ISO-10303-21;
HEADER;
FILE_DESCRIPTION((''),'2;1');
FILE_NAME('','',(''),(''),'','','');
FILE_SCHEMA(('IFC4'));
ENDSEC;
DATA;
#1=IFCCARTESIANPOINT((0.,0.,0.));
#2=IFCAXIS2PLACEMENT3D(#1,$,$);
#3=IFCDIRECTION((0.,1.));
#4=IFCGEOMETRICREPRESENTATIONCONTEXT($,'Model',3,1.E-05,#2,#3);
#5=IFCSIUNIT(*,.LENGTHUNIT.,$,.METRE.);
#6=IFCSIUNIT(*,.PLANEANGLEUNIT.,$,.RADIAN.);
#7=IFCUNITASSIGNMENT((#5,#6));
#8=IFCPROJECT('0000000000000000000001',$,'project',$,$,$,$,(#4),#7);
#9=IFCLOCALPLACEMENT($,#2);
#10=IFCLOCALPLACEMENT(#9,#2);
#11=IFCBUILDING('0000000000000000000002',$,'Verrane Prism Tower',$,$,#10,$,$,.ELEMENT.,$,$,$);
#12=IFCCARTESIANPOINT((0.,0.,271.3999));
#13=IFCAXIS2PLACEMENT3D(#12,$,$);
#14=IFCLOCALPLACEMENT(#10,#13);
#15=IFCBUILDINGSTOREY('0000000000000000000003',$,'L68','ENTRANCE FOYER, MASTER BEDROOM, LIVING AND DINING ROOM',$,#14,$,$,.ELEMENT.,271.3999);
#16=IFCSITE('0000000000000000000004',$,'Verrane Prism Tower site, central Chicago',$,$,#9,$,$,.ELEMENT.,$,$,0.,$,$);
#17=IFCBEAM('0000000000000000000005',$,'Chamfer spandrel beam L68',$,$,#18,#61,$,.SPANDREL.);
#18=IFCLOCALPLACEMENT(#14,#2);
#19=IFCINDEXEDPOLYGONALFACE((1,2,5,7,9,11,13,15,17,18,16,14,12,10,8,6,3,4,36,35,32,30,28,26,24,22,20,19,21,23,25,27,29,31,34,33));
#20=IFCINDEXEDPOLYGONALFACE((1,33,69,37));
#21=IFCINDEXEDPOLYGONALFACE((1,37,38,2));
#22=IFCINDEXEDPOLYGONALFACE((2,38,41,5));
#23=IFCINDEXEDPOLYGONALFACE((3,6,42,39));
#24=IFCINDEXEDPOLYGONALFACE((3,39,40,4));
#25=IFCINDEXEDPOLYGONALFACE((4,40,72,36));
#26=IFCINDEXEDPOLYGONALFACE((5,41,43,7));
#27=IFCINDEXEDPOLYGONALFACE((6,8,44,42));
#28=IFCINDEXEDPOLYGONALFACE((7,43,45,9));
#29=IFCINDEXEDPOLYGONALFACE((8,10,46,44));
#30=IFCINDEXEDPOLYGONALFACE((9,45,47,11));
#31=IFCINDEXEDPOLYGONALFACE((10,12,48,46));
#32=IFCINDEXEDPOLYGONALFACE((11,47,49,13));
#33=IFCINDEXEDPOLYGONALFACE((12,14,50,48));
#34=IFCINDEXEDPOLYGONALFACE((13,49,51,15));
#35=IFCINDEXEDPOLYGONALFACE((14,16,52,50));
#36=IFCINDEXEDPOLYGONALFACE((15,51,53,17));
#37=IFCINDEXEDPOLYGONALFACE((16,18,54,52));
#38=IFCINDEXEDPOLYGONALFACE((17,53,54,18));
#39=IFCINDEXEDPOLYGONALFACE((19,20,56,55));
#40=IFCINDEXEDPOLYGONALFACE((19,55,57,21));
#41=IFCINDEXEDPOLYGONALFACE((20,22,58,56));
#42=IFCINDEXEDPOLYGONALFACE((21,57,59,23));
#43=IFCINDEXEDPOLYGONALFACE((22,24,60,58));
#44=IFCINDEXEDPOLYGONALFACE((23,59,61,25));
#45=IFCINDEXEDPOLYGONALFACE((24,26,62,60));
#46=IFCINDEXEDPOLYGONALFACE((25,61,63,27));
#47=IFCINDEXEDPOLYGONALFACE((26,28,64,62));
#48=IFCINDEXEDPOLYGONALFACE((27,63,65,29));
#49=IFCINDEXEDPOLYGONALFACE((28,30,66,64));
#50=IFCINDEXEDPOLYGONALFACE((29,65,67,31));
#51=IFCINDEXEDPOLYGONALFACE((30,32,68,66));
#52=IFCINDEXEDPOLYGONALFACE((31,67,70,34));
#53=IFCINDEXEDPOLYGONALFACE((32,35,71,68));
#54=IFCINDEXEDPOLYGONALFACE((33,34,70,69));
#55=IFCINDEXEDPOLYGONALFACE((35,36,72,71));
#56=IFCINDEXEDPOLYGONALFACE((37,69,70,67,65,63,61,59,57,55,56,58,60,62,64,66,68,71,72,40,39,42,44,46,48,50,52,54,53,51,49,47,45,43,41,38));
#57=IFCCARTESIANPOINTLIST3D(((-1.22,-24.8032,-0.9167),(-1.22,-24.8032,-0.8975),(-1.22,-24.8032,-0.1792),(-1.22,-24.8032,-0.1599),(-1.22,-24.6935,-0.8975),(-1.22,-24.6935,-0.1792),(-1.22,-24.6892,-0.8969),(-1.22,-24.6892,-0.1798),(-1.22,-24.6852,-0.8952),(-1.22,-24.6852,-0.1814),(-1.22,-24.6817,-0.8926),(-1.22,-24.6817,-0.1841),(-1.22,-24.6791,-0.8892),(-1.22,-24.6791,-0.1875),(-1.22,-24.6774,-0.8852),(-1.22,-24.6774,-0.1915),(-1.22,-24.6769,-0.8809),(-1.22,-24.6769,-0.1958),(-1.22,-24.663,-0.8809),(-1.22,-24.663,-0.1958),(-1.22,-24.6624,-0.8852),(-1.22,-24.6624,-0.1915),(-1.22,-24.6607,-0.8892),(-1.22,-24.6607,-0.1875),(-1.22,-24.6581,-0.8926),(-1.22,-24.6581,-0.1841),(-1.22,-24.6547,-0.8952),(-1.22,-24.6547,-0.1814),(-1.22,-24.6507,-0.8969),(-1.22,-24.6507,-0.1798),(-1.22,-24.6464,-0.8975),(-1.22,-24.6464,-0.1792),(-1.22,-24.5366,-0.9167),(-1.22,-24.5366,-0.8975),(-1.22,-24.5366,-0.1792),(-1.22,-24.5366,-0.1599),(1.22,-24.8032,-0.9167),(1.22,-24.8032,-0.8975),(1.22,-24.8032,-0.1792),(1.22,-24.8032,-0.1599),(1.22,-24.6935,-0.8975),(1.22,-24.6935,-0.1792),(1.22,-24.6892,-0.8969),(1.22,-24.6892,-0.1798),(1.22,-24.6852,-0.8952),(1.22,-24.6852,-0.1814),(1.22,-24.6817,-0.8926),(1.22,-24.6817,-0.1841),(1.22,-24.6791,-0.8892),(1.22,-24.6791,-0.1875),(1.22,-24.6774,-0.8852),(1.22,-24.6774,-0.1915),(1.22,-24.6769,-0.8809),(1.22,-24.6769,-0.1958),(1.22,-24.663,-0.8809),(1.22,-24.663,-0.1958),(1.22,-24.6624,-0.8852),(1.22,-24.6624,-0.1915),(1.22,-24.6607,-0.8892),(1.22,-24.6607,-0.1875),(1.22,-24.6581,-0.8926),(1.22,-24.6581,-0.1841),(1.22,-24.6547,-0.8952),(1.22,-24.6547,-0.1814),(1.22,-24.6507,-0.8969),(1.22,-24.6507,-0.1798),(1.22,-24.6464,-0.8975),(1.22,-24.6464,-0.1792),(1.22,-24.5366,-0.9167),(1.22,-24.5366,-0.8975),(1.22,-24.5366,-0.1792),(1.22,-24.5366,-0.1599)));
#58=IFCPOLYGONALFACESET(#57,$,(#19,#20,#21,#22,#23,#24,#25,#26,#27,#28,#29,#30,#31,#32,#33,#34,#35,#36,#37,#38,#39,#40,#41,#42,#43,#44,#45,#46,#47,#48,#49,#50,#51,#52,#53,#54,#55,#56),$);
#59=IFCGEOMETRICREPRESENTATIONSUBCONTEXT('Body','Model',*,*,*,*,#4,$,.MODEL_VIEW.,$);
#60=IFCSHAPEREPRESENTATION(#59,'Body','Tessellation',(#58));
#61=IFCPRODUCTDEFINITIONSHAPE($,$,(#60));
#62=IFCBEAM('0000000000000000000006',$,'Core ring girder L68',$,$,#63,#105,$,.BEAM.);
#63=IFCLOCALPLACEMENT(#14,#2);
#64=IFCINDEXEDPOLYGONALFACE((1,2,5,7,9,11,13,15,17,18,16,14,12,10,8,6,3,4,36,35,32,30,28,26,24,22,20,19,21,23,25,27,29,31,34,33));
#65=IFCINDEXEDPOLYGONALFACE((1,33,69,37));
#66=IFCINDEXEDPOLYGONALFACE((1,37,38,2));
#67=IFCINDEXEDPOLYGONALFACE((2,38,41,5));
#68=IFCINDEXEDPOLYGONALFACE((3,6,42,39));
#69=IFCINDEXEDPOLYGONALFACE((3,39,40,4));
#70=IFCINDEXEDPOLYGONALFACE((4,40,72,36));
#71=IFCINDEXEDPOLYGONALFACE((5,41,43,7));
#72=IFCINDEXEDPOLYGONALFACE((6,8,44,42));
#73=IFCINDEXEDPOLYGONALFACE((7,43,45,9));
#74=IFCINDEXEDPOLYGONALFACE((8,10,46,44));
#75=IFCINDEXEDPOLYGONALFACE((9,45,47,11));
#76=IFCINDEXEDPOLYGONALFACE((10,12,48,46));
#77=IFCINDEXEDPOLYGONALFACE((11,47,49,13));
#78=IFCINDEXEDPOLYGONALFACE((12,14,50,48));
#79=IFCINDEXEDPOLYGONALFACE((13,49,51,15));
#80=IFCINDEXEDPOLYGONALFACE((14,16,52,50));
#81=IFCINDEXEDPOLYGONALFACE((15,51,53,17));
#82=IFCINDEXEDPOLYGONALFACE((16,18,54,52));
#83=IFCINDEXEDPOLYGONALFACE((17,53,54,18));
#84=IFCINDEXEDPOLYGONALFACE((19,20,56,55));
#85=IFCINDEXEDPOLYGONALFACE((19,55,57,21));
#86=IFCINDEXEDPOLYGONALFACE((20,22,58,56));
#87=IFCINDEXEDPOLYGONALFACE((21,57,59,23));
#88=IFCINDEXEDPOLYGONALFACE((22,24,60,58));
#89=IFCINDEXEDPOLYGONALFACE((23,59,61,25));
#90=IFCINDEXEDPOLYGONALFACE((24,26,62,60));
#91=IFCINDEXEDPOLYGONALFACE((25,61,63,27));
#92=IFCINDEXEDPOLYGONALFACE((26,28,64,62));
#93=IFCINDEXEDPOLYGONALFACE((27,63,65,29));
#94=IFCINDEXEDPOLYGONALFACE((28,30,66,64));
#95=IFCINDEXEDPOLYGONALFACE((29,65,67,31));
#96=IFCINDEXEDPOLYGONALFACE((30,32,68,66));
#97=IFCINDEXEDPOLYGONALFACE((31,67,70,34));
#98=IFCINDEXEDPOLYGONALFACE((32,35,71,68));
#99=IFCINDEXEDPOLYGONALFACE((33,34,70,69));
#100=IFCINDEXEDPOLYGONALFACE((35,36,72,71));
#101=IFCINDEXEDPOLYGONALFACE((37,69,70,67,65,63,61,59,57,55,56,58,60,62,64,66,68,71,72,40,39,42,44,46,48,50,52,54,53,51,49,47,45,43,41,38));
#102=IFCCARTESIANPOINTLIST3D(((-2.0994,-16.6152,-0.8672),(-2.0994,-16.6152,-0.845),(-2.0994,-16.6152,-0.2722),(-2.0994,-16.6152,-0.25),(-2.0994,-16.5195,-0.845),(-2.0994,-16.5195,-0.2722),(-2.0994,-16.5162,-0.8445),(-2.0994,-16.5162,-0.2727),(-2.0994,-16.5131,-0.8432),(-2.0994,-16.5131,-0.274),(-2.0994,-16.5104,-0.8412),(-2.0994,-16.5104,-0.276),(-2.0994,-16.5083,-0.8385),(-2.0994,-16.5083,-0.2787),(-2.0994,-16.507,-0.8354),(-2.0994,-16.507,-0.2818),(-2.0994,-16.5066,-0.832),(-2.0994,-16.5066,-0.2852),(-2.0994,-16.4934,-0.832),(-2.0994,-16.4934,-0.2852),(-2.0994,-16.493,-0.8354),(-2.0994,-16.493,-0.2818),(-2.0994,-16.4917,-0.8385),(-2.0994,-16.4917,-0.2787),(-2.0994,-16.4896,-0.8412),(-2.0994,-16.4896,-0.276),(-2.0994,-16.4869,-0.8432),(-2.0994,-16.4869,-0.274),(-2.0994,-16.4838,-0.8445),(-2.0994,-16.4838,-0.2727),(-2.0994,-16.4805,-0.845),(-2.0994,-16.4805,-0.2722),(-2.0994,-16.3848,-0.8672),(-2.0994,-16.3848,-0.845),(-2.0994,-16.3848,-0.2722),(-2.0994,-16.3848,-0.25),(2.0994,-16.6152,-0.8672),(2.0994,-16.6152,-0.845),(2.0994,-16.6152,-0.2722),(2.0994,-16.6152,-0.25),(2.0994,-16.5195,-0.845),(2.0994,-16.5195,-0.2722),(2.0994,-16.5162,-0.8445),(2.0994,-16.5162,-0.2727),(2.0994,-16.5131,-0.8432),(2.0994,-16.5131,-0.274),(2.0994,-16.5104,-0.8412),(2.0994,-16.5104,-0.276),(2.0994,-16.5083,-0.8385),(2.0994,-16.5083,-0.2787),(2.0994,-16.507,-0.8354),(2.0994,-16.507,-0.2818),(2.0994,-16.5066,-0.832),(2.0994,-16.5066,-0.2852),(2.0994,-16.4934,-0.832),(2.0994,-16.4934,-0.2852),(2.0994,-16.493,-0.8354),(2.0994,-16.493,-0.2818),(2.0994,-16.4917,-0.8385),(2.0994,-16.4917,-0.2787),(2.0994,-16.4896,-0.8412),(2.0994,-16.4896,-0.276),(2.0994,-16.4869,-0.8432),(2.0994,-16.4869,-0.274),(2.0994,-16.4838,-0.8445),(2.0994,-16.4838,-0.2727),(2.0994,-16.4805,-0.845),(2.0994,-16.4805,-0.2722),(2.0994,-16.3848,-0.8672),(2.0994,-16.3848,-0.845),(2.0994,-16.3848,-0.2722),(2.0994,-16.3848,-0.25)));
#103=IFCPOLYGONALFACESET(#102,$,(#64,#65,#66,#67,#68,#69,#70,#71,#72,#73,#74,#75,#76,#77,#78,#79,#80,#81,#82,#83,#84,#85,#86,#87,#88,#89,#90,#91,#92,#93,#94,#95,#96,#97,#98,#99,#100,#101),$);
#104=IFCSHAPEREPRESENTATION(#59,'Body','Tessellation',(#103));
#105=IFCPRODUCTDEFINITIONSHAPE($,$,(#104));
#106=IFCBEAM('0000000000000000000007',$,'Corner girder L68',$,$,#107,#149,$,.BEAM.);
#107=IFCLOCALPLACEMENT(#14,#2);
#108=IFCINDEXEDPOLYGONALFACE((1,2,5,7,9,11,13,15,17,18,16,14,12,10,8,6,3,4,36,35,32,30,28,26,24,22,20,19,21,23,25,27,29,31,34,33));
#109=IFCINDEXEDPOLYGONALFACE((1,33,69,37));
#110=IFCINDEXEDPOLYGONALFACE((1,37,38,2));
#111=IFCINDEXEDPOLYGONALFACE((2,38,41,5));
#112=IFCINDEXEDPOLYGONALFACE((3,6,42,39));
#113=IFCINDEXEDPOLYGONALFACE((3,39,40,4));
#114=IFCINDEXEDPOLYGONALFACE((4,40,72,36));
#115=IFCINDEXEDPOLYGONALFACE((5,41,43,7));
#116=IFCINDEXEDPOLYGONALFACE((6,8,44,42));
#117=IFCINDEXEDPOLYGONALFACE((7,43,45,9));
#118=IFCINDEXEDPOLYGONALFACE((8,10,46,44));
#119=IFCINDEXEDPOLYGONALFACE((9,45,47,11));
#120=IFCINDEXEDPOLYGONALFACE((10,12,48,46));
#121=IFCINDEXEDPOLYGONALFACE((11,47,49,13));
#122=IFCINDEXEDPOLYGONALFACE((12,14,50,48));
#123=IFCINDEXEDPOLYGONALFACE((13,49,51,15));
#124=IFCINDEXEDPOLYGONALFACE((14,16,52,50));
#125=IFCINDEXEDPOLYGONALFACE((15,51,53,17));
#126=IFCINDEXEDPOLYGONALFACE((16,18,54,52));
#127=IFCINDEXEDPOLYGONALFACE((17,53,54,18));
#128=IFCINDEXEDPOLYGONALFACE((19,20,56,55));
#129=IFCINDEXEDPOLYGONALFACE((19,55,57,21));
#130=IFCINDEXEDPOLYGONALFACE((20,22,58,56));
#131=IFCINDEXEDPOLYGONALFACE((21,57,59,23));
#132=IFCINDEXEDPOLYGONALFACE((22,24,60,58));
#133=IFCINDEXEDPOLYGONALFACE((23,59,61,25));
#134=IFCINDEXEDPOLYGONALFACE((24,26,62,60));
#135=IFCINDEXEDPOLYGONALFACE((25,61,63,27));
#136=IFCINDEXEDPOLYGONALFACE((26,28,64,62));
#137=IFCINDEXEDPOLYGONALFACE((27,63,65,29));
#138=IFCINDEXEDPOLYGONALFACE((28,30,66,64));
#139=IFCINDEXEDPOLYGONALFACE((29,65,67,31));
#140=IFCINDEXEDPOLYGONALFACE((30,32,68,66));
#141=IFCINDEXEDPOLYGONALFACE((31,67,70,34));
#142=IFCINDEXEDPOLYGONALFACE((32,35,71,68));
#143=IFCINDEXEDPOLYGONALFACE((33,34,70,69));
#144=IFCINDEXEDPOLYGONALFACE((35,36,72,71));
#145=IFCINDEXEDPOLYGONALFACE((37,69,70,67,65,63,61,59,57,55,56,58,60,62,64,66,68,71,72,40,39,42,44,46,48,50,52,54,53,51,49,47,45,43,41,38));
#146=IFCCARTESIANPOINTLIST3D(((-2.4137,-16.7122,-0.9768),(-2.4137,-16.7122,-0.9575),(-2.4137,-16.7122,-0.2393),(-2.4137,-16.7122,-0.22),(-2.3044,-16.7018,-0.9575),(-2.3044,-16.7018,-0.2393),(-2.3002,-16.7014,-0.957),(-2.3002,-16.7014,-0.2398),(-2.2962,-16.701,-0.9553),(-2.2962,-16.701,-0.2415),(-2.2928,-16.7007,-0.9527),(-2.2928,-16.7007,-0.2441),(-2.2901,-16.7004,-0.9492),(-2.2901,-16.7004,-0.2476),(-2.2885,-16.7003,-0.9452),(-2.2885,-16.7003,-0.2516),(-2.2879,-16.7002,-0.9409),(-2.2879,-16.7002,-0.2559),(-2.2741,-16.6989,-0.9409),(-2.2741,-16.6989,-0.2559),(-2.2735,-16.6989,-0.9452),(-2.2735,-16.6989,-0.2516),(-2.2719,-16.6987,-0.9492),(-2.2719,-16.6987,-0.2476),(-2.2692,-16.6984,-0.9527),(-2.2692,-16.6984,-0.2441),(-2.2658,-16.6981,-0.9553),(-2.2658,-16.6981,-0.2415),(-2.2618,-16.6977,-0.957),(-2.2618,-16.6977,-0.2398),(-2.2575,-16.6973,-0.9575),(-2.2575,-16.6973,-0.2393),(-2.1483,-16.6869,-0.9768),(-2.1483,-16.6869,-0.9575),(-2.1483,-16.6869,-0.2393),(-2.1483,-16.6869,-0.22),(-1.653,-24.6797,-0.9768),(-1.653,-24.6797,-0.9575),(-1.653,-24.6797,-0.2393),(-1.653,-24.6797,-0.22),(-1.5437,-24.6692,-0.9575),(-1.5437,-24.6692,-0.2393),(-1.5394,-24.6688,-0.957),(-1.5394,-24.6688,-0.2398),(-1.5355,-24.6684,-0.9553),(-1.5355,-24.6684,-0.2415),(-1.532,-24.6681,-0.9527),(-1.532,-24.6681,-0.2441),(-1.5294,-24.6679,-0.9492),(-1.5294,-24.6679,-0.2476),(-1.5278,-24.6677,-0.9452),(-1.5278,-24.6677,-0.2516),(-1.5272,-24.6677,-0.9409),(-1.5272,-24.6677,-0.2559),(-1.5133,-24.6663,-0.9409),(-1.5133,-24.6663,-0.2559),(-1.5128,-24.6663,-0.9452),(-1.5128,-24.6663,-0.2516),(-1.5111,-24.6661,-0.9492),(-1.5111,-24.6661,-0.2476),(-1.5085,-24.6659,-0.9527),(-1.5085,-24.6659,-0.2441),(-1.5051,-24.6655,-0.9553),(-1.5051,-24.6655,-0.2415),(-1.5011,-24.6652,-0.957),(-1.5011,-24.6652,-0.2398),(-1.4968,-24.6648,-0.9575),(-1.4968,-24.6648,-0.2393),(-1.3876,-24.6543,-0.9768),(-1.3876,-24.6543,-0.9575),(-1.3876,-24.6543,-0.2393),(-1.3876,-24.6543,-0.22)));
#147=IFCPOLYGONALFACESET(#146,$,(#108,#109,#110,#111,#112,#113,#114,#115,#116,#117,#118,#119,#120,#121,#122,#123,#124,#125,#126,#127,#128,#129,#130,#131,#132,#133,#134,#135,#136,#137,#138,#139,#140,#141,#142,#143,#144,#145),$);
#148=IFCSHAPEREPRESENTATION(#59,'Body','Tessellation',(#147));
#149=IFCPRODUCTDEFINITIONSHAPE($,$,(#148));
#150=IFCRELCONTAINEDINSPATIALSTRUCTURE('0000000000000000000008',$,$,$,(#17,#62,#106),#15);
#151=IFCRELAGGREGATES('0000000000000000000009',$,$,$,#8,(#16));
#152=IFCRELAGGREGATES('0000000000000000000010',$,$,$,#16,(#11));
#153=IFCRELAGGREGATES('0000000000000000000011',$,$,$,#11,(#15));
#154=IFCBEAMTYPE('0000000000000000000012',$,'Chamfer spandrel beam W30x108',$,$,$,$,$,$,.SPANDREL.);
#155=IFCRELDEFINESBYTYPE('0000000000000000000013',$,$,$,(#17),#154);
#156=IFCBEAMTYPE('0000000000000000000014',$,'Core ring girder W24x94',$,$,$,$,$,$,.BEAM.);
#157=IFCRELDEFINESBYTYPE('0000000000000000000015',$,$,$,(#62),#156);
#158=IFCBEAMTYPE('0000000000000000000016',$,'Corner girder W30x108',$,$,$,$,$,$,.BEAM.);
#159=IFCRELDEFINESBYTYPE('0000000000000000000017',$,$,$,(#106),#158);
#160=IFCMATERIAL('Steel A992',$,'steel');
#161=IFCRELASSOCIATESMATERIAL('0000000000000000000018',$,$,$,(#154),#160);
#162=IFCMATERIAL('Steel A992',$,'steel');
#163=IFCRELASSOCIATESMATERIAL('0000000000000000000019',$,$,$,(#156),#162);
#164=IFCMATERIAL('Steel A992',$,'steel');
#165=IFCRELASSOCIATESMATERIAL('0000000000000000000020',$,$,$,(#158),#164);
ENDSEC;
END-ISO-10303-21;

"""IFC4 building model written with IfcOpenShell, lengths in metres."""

from ifc_helpers import new_model, si_unit, direction, frame, origin, origin_2d, place, context, subcontext, project, spatial, i_section, extrude, material, material_profile, profile_set, type_object, element, save


model = new_model("IFC4")

# Units and contexts
model_context = context("Model", 3, precision=1e-05, world=origin(), true_north=direction((0.0, 1.0)))
body_context = subcontext(model_context, "Body", "Model", "MODEL_VIEW")
ifc_project = project(units=[si_unit("LENGTHUNIT", "METRE"), si_unit("PLANEANGLEUNIT", "RADIAN")], contexts=[model_context])

# Site, building, storey
site_placement = place(None, origin())
site = spatial("IfcSite", under=ifc_project, at=site_placement, Name="Verrane Prism Tower site, central Chicago", CompositionType="ELEMENT", RefElevation=0.0)
building_placement = place(site_placement, origin())
building = spatial("IfcBuilding", under=site, at=building_placement, Name="Verrane Prism Tower", CompositionType="ELEMENT")
storey_placement = place(building_placement, frame((0.0, 0.0, 271.3999)))
storey = spatial("IfcBuildingStorey", under=building, at=storey_placement, Name="L68", Description="ENTRANCE FOYER, MASTER BEDROOM, LIVING AND DINING ROOM", CompositionType="ELEMENT", Elevation=271.3999)

# Beams
ifc_material_1 = material(Name="Steel A992", Category="steel")
ifc_material_profile_1 = material_profile(ifc_material_1, i_section(OverallWidth=0.2666, OverallDepth=0.7568, WebThickness=0.0139, FlangeThickness=0.0193, FilletRadius=0.0166, at=origin_2d()), Name="W30x108")
ifc_profile_set_1 = profile_set([ifc_material_profile_1], Name="Steel A992")
beam_type_1 = type_object("IfcBeamType", Name="Chamfer spandrel beam W30x108", PredefinedType="SPANDREL", material=ifc_profile_set_1)
beam_1_placement = place(storey_placement, frame((-1.22, -24.6699, -0.5383), z_axis=(1.0, 0.0, 0.0), x_axis=(0.0, 1.0, 0.0)))
element("IfcBeam", 1, at=beam_1_placement, inside=storey, type_object=beam_type_1, Name="Chamfer spandrel beam L68", PredefinedType="SPANDREL", context=body_context, shape_type="SweptSolid", body=[
    extrude(i_section(OverallWidth=0.2666, OverallDepth=0.7568, WebThickness=0.0139, FlangeThickness=0.0193, FilletRadius=0.0166, at=origin_2d()), origin(), (0.0, 0.0, 1.0), 2.4399),
])
ifc_material_2 = material(Name="Steel A992", Category="steel")
ifc_material_profile_2 = material_profile(ifc_material_2, i_section(OverallWidth=0.2305, OverallDepth=0.6172, WebThickness=0.0132, FlangeThickness=0.0222, FilletRadius=0.0129, at=origin_2d()), Name="W24x94")
ifc_profile_set_2 = profile_set([ifc_material_profile_2], Name="Steel A992")
beam_type_2 = type_object("IfcBeamType", Name="Core ring girder W24x94", PredefinedType="BEAM", material=ifc_profile_set_2)
beam_2_placement = place(storey_placement, frame((-2.0994, -16.5, -0.5586), z_axis=(1.0, 0.0, 0.0), x_axis=(0.0, 1.0, 0.0)))
element("IfcBeam", 2, at=beam_2_placement, inside=storey, type_object=beam_type_2, Name="Core ring girder L68", PredefinedType="BEAM", context=body_context, shape_type="SweptSolid", body=[
    extrude(i_section(OverallWidth=0.2305, OverallDepth=0.6172, WebThickness=0.0132, FlangeThickness=0.0222, FilletRadius=0.0129, at=origin_2d()), origin(), (0.0, 0.0, 1.0), 4.1987),
])
ifc_material_3 = material(Name="Steel A992", Category="steel")
ifc_material_profile_3 = material_profile(ifc_material_3, i_section(OverallWidth=0.2666, OverallDepth=0.7568, WebThickness=0.0139, FlangeThickness=0.0193, FilletRadius=0.0166, at=origin_2d()), Name="W30x108")
ifc_profile_set_3 = profile_set([ifc_material_profile_3], Name="Steel A992")
beam_type_3 = type_object("IfcBeamType", Name="Corner girder W30x108", PredefinedType="BEAM", material=ifc_profile_set_3)
beam_3_placement = place(storey_placement, frame((-1.5203, -24.667, -0.5984), z_axis=(-0.095048, 0.995473, 0.0), x_axis=(-0.995473, -0.095048, 0.0)))
element("IfcBeam", 3, at=beam_3_placement, inside=storey, type_object=beam_type_3, Name="Corner girder L68", PredefinedType="BEAM", context=body_context, shape_type="SweptSolid", body=[
    extrude(i_section(OverallWidth=0.2666, OverallDepth=0.7568, WebThickness=0.0139, FlangeThickness=0.0193, FilletRadius=0.0166, at=origin_2d()), origin(), (0.0, 0.0, 1.0), 8.0037),
])

save(model, "model.ifc")
